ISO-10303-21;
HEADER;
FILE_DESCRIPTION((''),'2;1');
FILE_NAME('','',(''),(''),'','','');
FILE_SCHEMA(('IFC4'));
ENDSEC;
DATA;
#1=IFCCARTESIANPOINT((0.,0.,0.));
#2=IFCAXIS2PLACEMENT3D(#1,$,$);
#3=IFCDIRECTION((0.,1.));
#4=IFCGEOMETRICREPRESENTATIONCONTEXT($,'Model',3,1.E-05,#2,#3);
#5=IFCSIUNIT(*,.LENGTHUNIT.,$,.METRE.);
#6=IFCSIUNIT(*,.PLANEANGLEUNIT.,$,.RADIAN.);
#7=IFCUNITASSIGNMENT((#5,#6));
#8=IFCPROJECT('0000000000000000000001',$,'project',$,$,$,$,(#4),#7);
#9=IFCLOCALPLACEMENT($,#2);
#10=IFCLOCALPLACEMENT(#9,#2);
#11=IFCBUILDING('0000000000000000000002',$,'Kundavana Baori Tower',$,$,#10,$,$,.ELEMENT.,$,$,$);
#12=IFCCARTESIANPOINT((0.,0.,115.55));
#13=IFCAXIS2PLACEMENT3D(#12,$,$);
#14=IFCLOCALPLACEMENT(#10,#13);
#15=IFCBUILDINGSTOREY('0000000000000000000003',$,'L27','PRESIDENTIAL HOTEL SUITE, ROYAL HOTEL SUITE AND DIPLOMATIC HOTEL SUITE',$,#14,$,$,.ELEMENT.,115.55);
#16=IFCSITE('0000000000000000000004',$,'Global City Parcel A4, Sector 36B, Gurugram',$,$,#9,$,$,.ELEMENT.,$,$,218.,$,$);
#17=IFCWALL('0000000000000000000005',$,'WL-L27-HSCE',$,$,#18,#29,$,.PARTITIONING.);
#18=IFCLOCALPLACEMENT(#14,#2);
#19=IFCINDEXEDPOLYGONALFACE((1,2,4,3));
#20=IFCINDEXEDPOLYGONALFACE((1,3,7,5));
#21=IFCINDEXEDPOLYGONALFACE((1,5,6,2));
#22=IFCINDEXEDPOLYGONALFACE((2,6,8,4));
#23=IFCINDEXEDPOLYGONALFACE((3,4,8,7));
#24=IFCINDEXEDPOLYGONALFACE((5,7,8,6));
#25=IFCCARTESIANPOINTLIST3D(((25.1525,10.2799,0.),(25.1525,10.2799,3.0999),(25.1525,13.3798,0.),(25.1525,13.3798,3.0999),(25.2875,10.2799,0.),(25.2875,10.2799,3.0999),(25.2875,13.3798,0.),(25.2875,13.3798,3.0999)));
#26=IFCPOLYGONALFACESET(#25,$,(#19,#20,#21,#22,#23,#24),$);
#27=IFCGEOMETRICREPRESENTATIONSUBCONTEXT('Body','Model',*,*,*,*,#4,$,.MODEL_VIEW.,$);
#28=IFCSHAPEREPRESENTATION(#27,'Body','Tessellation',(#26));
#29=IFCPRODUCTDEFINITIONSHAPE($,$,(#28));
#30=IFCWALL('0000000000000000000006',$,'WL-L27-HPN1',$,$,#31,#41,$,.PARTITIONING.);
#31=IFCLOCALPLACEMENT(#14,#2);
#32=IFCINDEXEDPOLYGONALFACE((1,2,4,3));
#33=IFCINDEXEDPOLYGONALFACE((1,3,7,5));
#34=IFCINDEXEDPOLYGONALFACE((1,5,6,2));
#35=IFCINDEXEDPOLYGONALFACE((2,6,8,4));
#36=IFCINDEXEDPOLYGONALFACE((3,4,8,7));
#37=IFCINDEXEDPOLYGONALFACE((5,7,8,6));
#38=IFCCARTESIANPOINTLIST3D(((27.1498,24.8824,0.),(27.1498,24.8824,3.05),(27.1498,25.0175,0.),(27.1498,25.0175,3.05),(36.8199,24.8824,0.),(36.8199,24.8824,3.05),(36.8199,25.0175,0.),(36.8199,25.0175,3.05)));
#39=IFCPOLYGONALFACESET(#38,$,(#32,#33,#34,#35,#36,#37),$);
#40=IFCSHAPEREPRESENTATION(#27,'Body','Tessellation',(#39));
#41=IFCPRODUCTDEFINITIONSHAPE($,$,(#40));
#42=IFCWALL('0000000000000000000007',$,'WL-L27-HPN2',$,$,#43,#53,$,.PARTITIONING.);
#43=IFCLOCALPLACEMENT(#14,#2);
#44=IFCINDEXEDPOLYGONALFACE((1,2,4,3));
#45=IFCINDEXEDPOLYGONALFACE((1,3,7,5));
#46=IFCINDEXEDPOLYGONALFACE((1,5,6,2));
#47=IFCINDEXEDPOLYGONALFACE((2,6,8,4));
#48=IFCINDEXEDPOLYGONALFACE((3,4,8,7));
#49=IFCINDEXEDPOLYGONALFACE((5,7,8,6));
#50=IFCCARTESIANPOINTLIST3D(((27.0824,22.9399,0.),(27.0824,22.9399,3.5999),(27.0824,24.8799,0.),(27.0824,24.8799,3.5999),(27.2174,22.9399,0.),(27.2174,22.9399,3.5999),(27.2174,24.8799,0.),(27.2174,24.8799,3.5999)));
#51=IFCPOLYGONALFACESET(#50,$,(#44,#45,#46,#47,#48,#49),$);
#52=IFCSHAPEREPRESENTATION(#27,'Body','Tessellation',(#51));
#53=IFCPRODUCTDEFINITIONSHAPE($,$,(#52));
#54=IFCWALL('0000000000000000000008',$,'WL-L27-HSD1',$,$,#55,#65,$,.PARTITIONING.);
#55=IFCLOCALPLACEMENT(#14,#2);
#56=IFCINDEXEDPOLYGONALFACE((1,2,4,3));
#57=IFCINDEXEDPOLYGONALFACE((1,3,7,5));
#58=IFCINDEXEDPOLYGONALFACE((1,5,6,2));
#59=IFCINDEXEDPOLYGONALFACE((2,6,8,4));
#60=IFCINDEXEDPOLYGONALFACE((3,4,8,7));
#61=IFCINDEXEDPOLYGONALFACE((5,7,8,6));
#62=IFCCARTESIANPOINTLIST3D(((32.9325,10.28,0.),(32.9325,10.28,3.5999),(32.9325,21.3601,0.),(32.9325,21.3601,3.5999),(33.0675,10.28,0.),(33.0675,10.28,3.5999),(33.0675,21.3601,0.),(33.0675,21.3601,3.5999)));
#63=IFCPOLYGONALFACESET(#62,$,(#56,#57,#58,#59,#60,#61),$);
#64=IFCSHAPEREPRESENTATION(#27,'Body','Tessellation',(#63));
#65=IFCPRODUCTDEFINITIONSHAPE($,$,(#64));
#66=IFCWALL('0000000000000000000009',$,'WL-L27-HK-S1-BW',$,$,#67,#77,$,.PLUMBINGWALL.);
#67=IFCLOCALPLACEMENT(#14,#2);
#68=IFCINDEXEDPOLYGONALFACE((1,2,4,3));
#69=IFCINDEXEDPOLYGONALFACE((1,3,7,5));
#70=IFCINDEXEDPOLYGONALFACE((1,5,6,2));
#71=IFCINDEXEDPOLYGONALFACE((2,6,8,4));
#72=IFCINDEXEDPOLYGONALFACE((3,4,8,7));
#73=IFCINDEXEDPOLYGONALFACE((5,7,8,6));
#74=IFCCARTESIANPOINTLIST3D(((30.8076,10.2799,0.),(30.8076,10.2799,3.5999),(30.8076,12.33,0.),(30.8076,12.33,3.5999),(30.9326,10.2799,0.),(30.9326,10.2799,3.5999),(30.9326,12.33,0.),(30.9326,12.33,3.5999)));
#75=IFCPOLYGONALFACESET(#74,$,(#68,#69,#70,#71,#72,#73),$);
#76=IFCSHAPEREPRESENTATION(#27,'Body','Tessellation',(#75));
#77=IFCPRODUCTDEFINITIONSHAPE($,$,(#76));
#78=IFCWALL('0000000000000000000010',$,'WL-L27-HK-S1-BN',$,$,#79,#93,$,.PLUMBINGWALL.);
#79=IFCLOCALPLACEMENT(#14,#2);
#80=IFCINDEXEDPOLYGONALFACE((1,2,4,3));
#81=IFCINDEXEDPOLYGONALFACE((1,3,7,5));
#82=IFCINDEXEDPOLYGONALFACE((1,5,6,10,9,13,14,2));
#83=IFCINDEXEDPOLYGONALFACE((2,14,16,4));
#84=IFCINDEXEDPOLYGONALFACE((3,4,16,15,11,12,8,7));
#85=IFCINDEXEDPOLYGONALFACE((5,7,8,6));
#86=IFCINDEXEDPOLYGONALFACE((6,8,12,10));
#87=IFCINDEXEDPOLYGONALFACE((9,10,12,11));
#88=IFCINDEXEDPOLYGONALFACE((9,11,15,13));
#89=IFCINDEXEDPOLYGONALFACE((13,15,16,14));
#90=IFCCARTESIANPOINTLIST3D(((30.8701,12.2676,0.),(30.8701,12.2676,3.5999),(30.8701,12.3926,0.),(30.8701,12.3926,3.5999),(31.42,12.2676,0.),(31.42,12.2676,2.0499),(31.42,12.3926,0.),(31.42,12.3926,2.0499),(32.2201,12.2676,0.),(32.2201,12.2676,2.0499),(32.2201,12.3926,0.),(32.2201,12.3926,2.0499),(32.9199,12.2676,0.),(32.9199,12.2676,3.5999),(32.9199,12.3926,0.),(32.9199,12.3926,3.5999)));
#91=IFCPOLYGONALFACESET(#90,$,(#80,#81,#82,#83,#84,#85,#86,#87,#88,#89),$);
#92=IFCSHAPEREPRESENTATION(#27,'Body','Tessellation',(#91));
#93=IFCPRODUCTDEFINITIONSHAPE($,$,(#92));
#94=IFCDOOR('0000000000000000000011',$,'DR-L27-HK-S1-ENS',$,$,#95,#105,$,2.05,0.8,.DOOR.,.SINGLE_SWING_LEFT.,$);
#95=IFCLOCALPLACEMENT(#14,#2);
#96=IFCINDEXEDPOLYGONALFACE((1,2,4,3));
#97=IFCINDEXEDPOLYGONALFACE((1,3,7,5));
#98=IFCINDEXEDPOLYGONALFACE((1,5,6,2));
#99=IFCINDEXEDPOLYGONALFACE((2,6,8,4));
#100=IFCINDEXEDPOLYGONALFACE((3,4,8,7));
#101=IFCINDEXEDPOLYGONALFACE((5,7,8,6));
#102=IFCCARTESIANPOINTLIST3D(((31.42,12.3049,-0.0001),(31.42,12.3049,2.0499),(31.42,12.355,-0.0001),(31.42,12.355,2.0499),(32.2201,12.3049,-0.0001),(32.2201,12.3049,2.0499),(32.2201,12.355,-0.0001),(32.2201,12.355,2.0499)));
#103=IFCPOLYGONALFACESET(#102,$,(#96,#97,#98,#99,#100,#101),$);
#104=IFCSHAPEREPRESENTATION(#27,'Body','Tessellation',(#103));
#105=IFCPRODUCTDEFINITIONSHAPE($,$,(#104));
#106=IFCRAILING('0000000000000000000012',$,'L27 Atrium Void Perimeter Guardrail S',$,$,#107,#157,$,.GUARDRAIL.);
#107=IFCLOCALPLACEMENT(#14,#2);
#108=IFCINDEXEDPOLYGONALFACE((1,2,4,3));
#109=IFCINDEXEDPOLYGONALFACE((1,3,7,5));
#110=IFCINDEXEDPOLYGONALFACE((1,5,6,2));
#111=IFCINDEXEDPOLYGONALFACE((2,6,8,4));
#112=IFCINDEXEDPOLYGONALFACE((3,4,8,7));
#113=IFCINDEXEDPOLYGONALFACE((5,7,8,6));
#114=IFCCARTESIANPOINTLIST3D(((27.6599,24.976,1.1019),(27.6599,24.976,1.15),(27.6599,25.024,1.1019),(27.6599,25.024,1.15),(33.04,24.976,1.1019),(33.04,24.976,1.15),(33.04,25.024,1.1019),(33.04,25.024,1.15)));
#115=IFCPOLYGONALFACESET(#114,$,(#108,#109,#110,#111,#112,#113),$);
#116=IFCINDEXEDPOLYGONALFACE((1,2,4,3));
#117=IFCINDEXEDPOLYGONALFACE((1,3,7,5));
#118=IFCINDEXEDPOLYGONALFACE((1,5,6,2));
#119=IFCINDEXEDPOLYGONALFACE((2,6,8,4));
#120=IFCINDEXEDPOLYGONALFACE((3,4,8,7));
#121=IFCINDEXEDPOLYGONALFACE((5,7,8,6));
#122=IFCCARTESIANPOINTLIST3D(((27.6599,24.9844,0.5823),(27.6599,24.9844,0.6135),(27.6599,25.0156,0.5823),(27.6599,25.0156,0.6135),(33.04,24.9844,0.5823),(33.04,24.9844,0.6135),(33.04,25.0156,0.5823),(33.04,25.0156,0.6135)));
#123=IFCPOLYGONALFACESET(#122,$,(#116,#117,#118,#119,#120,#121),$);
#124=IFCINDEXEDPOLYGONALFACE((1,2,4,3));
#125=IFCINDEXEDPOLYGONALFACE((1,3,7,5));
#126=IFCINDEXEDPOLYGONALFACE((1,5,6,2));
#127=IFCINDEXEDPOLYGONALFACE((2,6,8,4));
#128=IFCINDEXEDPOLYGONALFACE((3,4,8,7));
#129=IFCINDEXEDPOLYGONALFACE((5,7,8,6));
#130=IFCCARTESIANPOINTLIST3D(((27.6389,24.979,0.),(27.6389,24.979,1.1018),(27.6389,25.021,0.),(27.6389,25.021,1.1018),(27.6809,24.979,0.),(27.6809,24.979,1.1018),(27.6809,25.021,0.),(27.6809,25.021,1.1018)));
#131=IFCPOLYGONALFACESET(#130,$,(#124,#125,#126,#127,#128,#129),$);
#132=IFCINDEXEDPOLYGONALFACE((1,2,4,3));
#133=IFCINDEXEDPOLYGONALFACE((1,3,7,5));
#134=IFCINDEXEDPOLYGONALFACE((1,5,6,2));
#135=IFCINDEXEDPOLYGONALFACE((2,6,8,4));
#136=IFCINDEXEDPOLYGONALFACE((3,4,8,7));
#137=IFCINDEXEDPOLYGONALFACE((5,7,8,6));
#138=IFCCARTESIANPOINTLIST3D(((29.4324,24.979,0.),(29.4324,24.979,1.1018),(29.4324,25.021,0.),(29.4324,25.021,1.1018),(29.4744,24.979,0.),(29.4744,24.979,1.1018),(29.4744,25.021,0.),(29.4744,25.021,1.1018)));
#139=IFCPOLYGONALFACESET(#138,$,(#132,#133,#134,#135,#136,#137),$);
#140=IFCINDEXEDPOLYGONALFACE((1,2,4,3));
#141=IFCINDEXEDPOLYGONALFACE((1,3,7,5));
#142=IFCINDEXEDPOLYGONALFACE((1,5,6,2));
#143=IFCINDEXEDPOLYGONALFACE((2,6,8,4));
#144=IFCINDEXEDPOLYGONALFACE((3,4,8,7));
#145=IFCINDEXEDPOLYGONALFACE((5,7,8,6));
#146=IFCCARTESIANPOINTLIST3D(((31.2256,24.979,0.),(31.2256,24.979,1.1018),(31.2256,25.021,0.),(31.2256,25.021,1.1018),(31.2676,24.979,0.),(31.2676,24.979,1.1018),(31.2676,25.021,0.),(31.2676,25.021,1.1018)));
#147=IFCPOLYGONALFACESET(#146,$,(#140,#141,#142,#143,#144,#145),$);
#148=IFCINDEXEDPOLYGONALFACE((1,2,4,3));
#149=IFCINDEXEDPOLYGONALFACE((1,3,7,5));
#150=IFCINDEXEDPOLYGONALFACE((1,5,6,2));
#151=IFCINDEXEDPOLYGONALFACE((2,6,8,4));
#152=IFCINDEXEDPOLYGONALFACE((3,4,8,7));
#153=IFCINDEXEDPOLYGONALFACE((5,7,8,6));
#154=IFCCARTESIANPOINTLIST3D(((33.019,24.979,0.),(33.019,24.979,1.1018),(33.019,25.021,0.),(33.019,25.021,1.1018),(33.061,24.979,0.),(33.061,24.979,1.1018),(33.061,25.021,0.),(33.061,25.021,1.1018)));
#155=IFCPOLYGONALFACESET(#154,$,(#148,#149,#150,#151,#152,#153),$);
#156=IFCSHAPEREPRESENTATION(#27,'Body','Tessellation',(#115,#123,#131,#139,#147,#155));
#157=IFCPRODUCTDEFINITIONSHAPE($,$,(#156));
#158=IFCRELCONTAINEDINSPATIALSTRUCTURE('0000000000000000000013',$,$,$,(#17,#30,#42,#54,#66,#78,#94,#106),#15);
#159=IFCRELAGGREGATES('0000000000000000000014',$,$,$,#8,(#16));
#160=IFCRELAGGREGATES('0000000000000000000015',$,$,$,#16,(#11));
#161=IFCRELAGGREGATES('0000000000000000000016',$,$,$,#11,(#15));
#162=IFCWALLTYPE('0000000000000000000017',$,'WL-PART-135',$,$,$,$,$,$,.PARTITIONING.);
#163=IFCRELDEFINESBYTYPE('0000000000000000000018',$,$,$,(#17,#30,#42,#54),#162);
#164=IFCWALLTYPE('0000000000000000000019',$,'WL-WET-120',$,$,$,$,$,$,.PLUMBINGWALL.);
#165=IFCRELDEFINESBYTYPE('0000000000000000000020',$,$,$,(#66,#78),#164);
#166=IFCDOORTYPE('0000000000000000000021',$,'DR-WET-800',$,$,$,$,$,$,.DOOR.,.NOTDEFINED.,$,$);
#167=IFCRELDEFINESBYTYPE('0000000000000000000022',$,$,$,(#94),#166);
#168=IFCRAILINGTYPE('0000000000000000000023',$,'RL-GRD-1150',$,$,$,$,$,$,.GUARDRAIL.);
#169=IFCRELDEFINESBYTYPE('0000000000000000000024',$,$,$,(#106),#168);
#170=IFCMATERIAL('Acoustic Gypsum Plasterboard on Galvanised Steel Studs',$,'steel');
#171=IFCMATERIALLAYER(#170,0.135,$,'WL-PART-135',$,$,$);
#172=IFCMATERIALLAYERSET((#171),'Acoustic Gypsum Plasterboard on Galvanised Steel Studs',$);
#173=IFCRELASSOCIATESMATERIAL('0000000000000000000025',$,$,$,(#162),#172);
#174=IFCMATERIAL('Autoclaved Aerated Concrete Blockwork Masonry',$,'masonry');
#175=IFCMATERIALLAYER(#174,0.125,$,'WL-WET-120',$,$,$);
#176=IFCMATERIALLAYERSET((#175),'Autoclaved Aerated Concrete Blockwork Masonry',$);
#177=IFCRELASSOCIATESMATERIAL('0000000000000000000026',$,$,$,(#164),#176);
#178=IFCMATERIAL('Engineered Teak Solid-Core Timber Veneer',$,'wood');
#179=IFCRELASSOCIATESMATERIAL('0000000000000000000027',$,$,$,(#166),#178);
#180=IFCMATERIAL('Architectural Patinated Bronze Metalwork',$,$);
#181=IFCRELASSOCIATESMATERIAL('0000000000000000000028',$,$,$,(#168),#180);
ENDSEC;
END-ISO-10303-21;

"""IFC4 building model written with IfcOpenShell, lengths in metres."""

from ifc_helpers import new_model, si_unit, direction, frame, frame_2d, origin, origin_2d, place, context, subcontext, project, spatial, rectangle, extrude, material, layer, layer_set, type_object, element, fill, save


model = new_model("IFC4")

# Units and contexts
model_context = context("Model", 3, precision=1e-05, world=origin(), true_north=direction((0.0, 1.0)))
body_context = subcontext(model_context, "Body", "Model", "MODEL_VIEW")
ifc_project = project(units=[si_unit("LENGTHUNIT", "METRE"), si_unit("PLANEANGLEUNIT", "RADIAN")], contexts=[model_context])

# Site, building, storey
site_placement = place(None, origin())
site = spatial("IfcSite", under=ifc_project, at=site_placement, Name="Global City Parcel A4, Sector 36B, Gurugram", CompositionType="ELEMENT", RefElevation=218.0)
building_placement = place(site_placement, origin())
building = spatial("IfcBuilding", under=site, at=building_placement, Name="Kundavana Baori Tower", CompositionType="ELEMENT")
storey_placement = place(building_placement, frame((0.0, 0.0, 115.55)))
storey = spatial("IfcBuildingStorey", under=building, at=storey_placement, Name="L27", Description="PRESIDENTIAL HOTEL SUITE, ROYAL HOTEL SUITE AND DIPLOMATIC HOTEL SUITE", CompositionType="ELEMENT", Elevation=115.55)

# Shared definitions
ifc_material_1 = material(Name="Acoustic Gypsum Plasterboard on Galvanised Steel Studs", Category="steel")
ifc_layer_1 = layer(ifc_material_1, 0.135, Name="WL-PART-135")
ifc_layer_set_1 = layer_set([ifc_layer_1], Name="Acoustic Gypsum Plasterboard on Galvanised Steel Studs")
wall_type_1 = type_object("IfcWallType", Name="WL-PART-135", PredefinedType="PARTITIONING", material=ifc_layer_set_1)

# Walls
wall_1_placement = place(storey_placement, frame((25.22, 10.28, 0.0), z_axis=(0.0, 0.0, 1.0), x_axis=(0.0, 1.0, 0.0)))
element("IfcWall", 1, at=wall_1_placement, inside=storey, type_object=wall_type_1, Name="WL-L27-HSCE", PredefinedType="PARTITIONING", context=body_context, shape_type="SweptSolid", body=[
    extrude(rectangle(XDim=3.0999, YDim=0.135, at=frame_2d((1.5498, 0.0))), origin(), (0.0, 0.0, 1.0), 3.0999),
])
wall_2_placement = place(storey_placement, frame((27.1499, 24.95, 0.0), z_axis=(0.0, 0.0, 1.0), x_axis=(1.0, 0.0, 0.0)))
element("IfcWall", 2, at=wall_2_placement, inside=storey, type_object=wall_type_1, Name="WL-L27-HPN1", PredefinedType="PARTITIONING", context=body_context, shape_type="SweptSolid", body=[
    extrude(rectangle(XDim=9.6702, YDim=0.135, at=frame_2d((4.835, 0.0))), origin(), (0.0, 0.0, 1.0), 3.05),
])
wall_3_placement = place(storey_placement, frame((27.1499, 22.9399, 0.0), z_axis=(0.0, 0.0, 1.0), x_axis=(0.0, 1.0, 0.0)))
element("IfcWall", 3, at=wall_3_placement, inside=storey, type_object=wall_type_1, Name="WL-L27-HPN2", PredefinedType="PARTITIONING", context=body_context, shape_type="SweptSolid", body=[
    extrude(rectangle(XDim=1.9399, YDim=0.135, at=frame_2d((0.97, 0.0))), origin(), (0.0, 0.0, 1.0), 3.5999),
])
wall_4_placement = place(storey_placement, frame((33.0, 10.28, 0.0), z_axis=(0.0, 0.0, 1.0), x_axis=(0.0, 1.0, 0.0)))
element("IfcWall", 4, at=wall_4_placement, inside=storey, type_object=wall_type_1, Name="WL-L27-HSD1", PredefinedType="PARTITIONING", context=body_context, shape_type="SweptSolid", body=[
    extrude(rectangle(XDim=11.0801, YDim=0.135, at=frame_2d((5.54, 0.0))), origin(), (0.0, 0.0, 1.0), 3.5999),
])
ifc_material_2 = material(Name="Autoclaved Aerated Concrete Blockwork Masonry", Category="masonry")
ifc_layer_2 = layer(ifc_material_2, 0.125, Name="WL-WET-120")
ifc_layer_set_2 = layer_set([ifc_layer_2], Name="Autoclaved Aerated Concrete Blockwork Masonry")
wall_type_2 = type_object("IfcWallType", Name="WL-WET-120", PredefinedType="PLUMBINGWALL", material=ifc_layer_set_2)
wall_5_placement = place(storey_placement, frame((30.8701, 10.28, 0.0), z_axis=(0.0, 0.0, 1.0), x_axis=(0.0, 1.0, 0.0)))
element("IfcWall", 5, at=wall_5_placement, inside=storey, type_object=wall_type_2, Name="WL-L27-HK-S1-BW", PredefinedType="PLUMBINGWALL", context=body_context, shape_type="SweptSolid", body=[
    extrude(rectangle(XDim=2.05, YDim=0.125, at=frame_2d((1.0249, 0.0))), origin(), (0.0, 0.0, 1.0), 3.5999),
])

# Wall, opening, door
wall_6_placement = place(storey_placement, frame((30.8701, 12.3301, 0.0), z_axis=(0.0, 0.0, 1.0), x_axis=(1.0, 0.0, 0.0)))
wall_6 = element("IfcWall", 6, at=wall_6_placement, inside=storey, type_object=wall_type_2, Name="WL-L27-HK-S1-BN", PredefinedType="PLUMBINGWALL", context=body_context, shape_type="SweptSolid", body=[
    extrude(rectangle(XDim=2.0498, YDim=0.125, at=frame_2d((1.0249, 0.0))), origin(), (0.0, 0.0, 1.0), 3.5999),
])
opening_1_placement = place(wall_6_placement, frame((0.55, 0.0, 0.0)))
opening_1 = element("IfcOpeningElement", 7, at=opening_1_placement, cuts=wall_6, PredefinedType="OPENING", context=body_context, shape_type="SweptSolid", body=[
    extrude(rectangle(XDim=0.8, YDim=2.05, at=frame_2d((0.3999, 1.0249))), frame((0.0, 0.0725, 0.0), z_axis=(0.0, -1.0, 0.0), x_axis=(1.0, 0.0, 0.0)), (0.0, 0.0, 1.0), 0.145),
])
ifc_material_3 = material(Name="Engineered Teak Solid-Core Timber Veneer", Category="wood")
door_type_1 = type_object("IfcDoorType", Name="DR-WET-800", OperationType="NOTDEFINED", PredefinedType="DOOR", material=ifc_material_3)
door_1_placement = place(opening_1_placement, origin())
door_1 = element("IfcDoor", 8, at=door_1_placement, inside=storey, type_object=door_type_1, Name="DR-L27-HK-S1-ENS", OperationType="SINGLE_SWING_LEFT", OverallHeight=2.05, OverallWidth=0.8, PredefinedType="DOOR", context=body_context, shape_type="SweptSolid", body=[
    extrude(rectangle(XDim=0.8, YDim=2.05, at=frame_2d((0.3999, 1.0249))), frame((0.0, 0.0249, 0.0), z_axis=(0.0, -1.0, 0.0), x_axis=(1.0, 0.0, 0.0)), (0.0, 0.0, 1.0), 0.05),
])
fill(opening_1, door_1)

# Railing
ifc_material_4 = material(Name="Architectural Patinated Bronze Metalwork")
railing_type = type_object("IfcRailingType", Name="RL-GRD-1150", PredefinedType="GUARDRAIL", material=ifc_material_4)
railing_1_placement = place(storey_placement, frame((27.6599, 25.0, 0.0)))
element("IfcRailing", 9, at=railing_1_placement, inside=storey, type_object=railing_type, Name="L27 Atrium Void Perimeter Guardrail S", PredefinedType="GUARDRAIL", context=body_context, shape_type="SweptSolid", body=[
    extrude(rectangle(XDim=0.0481, YDim=0.0481, at=origin_2d()), frame((0.0, 0.0, 1.126), z_axis=(1.0, 0.0, 0.0), x_axis=(0.0, 1.0, 0.0)), (0.0, 0.0, 1.0), 5.3801),
    extrude(rectangle(XDim=0.0312, YDim=0.0312, at=origin_2d()), frame((0.0, 0.0, 0.5979), z_axis=(1.0, 0.0, 0.0), x_axis=(0.0, 1.0, 0.0)), (0.0, 0.0, 1.0), 5.3801),
    extrude(rectangle(XDim=0.042, YDim=0.042, at=origin_2d()), origin(), (0.0, 0.0, 1.0), 1.1018),
    extrude(rectangle(XDim=0.042, YDim=0.042, at=origin_2d()), frame((1.7935, 0.0, 0.0)), (0.0, 0.0, 1.0), 1.1018),
    extrude(rectangle(XDim=0.042, YDim=0.042, at=origin_2d()), frame((3.5867, 0.0, 0.0)), (0.0, 0.0, 1.0), 1.1018),
    extrude(rectangle(XDim=0.042, YDim=0.042, at=origin_2d()), frame((5.3801, 0.0, 0.0)), (0.0, 0.0, 1.0), 1.1018),
])

save(model, "model.ifc")
